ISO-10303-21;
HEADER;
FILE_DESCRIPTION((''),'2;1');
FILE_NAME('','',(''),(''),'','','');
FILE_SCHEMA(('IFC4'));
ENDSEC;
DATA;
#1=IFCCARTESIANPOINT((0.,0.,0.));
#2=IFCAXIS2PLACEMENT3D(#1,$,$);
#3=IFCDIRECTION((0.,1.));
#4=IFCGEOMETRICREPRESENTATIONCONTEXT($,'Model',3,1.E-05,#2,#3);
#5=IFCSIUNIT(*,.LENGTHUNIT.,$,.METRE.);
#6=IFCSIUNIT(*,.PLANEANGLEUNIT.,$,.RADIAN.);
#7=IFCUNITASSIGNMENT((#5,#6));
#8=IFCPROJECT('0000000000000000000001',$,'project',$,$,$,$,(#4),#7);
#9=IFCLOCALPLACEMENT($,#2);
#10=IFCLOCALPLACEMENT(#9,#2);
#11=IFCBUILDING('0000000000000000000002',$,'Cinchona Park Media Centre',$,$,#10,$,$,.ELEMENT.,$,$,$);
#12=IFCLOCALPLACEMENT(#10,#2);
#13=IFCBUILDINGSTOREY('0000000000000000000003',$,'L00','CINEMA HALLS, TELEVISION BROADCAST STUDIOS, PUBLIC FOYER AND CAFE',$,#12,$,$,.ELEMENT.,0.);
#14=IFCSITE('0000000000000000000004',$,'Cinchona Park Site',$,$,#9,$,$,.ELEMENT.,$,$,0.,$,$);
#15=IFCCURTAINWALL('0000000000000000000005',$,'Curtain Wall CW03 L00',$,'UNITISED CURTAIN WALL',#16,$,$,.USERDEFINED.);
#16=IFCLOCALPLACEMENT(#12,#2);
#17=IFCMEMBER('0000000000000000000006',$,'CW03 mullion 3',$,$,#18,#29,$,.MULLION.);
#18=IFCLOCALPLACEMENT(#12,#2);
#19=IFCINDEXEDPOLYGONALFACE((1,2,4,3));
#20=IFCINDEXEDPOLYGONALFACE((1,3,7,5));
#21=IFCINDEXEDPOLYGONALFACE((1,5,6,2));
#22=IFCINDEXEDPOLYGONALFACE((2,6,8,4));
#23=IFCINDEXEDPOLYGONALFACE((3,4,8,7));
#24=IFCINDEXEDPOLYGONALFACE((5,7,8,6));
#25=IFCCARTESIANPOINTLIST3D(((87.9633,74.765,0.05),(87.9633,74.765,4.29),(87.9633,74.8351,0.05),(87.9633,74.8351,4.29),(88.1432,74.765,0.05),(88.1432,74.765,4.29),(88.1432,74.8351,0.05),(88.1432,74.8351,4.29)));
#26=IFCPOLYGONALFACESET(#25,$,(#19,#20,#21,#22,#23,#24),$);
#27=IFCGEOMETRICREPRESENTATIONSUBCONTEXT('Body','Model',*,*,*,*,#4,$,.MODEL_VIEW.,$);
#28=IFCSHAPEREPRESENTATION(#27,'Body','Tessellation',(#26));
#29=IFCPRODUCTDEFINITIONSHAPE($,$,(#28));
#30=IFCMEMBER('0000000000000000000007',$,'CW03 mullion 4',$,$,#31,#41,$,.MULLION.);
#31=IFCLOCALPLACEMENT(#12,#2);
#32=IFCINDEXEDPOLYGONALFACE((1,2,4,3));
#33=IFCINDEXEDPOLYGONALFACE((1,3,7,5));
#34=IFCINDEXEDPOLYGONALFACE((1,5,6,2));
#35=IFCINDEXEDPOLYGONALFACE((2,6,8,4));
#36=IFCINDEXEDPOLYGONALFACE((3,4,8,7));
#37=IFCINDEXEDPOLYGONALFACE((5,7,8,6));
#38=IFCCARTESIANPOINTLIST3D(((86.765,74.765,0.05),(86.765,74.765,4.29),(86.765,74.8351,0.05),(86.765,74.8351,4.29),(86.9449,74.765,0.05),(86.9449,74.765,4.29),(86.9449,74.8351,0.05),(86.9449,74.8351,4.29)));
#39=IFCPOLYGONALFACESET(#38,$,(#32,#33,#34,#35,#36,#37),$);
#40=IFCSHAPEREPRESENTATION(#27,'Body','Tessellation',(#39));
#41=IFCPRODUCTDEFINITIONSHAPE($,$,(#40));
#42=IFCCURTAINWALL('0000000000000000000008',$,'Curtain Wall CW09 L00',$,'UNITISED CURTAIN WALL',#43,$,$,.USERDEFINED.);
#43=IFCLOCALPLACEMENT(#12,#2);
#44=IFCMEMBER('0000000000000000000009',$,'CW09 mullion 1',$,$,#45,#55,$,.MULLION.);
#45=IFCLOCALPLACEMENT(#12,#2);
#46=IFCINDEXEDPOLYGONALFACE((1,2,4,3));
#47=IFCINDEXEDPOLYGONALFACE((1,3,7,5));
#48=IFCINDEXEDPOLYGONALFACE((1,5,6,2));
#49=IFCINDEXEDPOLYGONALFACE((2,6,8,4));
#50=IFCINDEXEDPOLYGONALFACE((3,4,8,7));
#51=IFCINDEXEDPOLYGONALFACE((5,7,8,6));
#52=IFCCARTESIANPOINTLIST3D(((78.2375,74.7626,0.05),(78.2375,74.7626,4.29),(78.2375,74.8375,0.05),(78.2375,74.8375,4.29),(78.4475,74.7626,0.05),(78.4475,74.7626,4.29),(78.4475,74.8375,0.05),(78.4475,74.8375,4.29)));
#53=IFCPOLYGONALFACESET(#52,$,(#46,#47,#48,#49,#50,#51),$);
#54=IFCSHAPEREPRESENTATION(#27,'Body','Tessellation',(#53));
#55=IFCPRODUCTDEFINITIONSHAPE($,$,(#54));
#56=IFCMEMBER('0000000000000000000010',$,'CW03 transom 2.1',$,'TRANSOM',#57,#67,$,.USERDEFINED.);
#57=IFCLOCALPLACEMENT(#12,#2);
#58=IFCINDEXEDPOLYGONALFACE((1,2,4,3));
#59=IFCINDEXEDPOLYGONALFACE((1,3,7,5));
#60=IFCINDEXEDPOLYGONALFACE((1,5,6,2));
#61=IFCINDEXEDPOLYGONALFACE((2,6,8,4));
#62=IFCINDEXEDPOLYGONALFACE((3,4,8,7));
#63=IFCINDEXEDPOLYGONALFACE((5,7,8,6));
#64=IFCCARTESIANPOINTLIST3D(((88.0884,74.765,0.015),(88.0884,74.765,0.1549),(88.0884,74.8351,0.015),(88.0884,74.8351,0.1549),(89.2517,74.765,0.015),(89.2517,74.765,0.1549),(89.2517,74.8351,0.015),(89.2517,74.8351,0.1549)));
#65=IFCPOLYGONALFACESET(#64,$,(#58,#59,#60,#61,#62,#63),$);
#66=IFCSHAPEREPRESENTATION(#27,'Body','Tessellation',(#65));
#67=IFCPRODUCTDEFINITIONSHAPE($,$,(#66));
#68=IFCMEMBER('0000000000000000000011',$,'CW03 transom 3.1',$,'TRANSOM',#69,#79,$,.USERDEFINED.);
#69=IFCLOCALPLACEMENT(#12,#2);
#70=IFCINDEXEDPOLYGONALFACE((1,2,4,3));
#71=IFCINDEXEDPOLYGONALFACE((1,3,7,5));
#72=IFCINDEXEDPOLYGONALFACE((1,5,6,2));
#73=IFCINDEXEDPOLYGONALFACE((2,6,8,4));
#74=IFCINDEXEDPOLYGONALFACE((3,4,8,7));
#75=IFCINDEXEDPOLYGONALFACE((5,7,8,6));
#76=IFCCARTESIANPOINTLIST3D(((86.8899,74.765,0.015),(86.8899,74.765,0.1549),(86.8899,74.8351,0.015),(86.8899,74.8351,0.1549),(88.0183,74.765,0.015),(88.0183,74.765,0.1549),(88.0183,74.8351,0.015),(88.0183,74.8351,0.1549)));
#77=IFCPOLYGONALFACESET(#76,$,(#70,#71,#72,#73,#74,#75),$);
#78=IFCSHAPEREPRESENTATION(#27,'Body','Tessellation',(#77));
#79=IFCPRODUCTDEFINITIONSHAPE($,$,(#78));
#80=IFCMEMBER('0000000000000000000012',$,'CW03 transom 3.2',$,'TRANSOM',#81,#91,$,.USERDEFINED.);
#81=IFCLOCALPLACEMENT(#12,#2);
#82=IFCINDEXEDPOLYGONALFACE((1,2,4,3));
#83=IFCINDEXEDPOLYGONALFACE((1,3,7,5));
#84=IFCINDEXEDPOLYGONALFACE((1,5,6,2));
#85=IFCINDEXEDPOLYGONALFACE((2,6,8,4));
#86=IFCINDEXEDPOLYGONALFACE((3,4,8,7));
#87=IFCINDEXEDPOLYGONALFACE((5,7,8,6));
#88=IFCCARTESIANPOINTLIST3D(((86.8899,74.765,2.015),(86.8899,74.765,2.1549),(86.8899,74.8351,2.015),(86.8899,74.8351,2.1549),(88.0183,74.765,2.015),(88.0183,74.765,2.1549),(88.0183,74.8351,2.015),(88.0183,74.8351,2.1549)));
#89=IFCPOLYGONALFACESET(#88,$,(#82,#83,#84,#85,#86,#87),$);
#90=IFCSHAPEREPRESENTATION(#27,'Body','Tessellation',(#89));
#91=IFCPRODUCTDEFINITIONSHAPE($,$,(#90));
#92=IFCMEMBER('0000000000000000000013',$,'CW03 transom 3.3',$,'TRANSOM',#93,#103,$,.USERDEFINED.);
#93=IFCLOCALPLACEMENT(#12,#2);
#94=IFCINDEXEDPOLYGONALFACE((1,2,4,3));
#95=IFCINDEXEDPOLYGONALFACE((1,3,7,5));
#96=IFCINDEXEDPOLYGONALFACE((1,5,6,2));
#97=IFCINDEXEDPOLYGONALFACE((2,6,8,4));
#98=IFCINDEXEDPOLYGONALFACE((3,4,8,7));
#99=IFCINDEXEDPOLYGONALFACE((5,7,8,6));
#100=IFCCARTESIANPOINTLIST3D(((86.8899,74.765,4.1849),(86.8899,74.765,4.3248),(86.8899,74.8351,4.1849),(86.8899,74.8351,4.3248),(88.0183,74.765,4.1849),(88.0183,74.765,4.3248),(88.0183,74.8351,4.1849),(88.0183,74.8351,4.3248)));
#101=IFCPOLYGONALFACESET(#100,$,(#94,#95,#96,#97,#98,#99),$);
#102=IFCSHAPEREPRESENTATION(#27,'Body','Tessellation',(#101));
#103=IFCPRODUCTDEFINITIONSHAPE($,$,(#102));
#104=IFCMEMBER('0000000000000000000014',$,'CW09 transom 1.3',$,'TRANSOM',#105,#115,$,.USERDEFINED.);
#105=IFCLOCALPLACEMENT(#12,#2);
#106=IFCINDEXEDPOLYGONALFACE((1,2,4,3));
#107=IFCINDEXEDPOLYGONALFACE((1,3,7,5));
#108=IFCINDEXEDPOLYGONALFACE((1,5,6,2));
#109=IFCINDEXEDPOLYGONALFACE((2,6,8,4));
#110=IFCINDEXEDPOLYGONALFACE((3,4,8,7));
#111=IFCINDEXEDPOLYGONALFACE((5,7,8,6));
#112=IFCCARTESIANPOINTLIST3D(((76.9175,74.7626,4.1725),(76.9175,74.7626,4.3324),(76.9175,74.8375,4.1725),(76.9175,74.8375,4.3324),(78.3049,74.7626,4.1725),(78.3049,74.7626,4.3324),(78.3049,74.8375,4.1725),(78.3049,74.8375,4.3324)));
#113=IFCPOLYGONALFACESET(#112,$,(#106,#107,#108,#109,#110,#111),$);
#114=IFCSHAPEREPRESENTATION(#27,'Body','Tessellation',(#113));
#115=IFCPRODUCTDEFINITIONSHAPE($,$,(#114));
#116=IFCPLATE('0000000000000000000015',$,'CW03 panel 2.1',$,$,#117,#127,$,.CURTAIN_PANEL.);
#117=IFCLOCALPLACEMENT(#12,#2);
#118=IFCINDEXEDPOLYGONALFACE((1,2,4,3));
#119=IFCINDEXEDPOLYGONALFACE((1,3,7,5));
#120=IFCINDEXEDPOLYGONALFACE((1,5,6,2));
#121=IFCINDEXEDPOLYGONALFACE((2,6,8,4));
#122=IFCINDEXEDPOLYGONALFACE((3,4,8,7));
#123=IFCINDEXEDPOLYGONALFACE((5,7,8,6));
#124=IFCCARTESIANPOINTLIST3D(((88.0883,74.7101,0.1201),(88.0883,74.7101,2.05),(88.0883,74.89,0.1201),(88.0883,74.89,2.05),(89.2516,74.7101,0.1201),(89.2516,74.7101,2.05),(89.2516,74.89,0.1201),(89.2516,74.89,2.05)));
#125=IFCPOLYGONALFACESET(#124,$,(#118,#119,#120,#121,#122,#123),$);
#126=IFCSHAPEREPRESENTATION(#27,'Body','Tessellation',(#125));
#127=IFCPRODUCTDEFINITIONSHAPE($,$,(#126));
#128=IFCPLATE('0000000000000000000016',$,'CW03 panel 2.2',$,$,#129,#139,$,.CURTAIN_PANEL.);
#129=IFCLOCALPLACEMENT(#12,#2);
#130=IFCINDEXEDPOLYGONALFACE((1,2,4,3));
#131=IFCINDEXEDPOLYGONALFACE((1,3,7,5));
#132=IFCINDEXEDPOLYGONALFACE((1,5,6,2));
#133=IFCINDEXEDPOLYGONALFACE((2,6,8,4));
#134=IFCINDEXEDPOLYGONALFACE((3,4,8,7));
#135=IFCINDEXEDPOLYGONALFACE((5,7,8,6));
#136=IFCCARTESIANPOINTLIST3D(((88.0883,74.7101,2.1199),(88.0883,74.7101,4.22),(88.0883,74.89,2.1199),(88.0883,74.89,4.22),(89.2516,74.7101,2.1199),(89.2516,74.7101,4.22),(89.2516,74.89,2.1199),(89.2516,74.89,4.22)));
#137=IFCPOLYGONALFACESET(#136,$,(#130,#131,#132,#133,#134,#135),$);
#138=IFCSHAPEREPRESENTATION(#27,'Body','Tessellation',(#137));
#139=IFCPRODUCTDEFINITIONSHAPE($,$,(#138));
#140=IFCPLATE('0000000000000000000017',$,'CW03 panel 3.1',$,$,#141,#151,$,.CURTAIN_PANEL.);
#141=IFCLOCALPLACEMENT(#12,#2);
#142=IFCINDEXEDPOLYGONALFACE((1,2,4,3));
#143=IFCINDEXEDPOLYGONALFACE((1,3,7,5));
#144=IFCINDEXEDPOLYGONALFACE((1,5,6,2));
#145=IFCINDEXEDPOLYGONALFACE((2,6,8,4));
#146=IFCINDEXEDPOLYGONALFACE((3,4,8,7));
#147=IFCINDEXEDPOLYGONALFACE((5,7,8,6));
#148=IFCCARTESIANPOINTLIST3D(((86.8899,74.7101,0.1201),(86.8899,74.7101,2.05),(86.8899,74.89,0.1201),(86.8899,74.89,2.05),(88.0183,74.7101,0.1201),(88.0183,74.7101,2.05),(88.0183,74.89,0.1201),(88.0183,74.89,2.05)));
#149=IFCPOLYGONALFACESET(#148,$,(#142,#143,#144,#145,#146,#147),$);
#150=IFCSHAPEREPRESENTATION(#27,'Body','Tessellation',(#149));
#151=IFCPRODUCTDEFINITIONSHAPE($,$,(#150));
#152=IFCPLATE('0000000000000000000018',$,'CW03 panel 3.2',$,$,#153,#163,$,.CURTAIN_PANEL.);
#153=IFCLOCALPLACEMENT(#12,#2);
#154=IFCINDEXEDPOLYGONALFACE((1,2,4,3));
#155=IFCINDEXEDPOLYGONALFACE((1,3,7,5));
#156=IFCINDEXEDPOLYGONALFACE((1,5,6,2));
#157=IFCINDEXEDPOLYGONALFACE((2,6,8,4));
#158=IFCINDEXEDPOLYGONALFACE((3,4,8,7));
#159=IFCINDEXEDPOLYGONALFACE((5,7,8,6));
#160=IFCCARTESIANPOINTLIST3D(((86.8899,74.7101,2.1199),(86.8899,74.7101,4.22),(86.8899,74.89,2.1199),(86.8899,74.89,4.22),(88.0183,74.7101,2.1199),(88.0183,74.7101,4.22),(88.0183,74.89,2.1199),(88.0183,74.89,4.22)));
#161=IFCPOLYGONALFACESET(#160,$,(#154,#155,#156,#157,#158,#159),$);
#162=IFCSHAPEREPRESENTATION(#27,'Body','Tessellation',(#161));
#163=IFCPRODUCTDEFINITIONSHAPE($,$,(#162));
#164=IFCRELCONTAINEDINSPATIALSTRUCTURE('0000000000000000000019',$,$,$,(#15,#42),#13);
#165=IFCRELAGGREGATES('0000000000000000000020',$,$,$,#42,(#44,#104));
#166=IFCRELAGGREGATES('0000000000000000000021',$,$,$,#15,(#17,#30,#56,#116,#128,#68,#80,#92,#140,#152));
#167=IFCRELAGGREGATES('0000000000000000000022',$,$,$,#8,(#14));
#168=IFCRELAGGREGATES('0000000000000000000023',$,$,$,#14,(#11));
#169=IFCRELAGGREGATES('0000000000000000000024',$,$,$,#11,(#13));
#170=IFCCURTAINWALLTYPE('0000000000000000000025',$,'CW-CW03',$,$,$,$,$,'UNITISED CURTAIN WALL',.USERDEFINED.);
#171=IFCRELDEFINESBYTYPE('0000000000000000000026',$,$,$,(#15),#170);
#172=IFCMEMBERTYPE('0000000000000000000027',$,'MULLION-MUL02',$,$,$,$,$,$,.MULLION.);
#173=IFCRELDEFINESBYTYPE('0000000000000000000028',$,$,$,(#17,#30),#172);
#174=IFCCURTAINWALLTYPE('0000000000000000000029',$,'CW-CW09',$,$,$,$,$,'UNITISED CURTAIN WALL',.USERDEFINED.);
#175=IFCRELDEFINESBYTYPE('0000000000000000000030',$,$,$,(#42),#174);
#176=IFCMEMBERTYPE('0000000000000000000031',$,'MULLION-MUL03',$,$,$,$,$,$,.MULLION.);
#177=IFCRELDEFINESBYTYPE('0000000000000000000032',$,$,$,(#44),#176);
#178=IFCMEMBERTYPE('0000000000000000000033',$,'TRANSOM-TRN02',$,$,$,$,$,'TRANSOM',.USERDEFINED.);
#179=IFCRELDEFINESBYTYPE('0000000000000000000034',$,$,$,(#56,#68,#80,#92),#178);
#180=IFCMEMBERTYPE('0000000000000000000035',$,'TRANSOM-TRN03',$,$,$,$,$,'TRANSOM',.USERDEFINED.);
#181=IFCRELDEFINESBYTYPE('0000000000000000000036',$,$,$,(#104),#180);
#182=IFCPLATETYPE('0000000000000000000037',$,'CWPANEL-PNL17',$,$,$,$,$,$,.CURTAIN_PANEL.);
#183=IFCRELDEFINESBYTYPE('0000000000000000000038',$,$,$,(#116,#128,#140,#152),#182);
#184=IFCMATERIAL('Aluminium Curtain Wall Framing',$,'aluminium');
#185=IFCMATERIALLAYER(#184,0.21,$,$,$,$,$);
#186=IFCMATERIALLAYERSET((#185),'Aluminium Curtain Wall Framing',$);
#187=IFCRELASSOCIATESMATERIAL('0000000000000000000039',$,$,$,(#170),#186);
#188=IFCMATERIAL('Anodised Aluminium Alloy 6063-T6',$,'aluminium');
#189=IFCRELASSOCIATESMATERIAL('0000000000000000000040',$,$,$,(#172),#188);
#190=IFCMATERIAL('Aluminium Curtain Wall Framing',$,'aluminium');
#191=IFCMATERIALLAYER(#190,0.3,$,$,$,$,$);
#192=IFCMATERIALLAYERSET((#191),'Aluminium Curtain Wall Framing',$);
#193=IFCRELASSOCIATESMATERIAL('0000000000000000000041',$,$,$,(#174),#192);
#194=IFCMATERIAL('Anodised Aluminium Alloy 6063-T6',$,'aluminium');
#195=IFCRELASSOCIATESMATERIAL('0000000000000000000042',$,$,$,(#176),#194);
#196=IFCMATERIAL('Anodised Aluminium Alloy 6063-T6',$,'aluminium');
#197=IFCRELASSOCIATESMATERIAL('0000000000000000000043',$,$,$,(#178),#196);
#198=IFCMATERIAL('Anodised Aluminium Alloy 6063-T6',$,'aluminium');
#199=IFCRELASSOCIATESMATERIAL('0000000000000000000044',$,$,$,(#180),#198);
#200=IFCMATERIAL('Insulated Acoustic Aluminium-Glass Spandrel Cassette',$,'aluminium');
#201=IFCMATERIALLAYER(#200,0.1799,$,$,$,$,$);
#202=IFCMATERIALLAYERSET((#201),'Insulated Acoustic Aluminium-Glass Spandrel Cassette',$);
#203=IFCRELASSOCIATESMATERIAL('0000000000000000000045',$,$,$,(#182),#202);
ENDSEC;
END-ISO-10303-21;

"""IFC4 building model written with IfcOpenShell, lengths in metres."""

from ifc_helpers import new_model, si_unit, direction, frame, origin, origin_2d, place, context, subcontext, project, spatial, rectangle, extrude, material, layer, layer_set, material_profile, profile_set, type_object, element, aggregate, save


model = new_model("IFC4")

# Units and contexts
model_context = context("Model", 3, precision=1e-05, world=origin(), true_north=direction((0.0, 1.0)))
body_context = subcontext(model_context, "Body", "Model", "MODEL_VIEW")
ifc_project = project(units=[si_unit("LENGTHUNIT", "METRE"), si_unit("PLANEANGLEUNIT", "RADIAN")], contexts=[model_context])

# Site, building, storey
site_placement = place(None, origin())
site = spatial("IfcSite", under=ifc_project, at=site_placement, Name="Cinchona Park Site", CompositionType="ELEMENT", RefElevation=0.0)
building_placement = place(site_placement, origin())
building = spatial("IfcBuilding", under=site, at=building_placement, Name="Cinchona Park Media Centre", CompositionType="ELEMENT")
storey_placement = place(building_placement, origin())
storey = spatial("IfcBuildingStorey", under=building, at=storey_placement, Name="L00", Description="CINEMA HALLS, TELEVISION BROADCAST STUDIOS, PUBLIC FOYER AND CAFE", CompositionType="ELEMENT", Elevation=0.0)

# Curtain wall, members
ifc_material_1 = material(Name="Aluminium Curtain Wall Framing", Category="aluminium")
ifc_layer_1 = layer(ifc_material_1, 0.21)
ifc_layer_set_1 = layer_set([ifc_layer_1], Name="Aluminium Curtain Wall Framing")
curtain_wall_type_1 = type_object("IfcCurtainWallType", Name="CW-CW03", ElementType="UNITISED CURTAIN WALL", PredefinedType="USERDEFINED", material=ifc_layer_set_1)
curtain_wall_1_placement = place(storey_placement, origin())
curtain_wall_1 = element("IfcCurtainWall", 1, at=curtain_wall_1_placement, inside=storey, type_object=curtain_wall_type_1, Name="Curtain Wall CW03 L00", ObjectType="UNITISED CURTAIN WALL", PredefinedType="USERDEFINED")
ifc_material_2 = material(Name="Anodised Aluminium Alloy 6063-T6", Category="aluminium")
ifc_material_profile_1 = material_profile(ifc_material_2, rectangle(XDim=0.0701, YDim=0.1799, at=origin_2d()), Name="MUL-70X180")
ifc_profile_set_1 = profile_set([ifc_material_profile_1], Name="Anodised Aluminium Alloy 6063-T6")
member_type_1 = type_object("IfcMemberType", Name="MULLION-MUL02", PredefinedType="MULLION", material=ifc_profile_set_1)
member_1_placement = place(storey_placement, frame((88.0532, 74.8, 0.05), z_axis=(0.0, 0.0, 1.0), x_axis=(0.0, -1.0, 0.0)))
member_1 = element("IfcMember", 2, at=member_1_placement, type_object=member_type_1, Name="CW03 mullion 3", PredefinedType="MULLION", context=body_context, shape_type="SweptSolid", body=[
    extrude(rectangle(XDim=0.0701, YDim=0.1799, at=origin_2d()), origin(), (0.0, 0.0, 1.0), 4.24),
])
member_2_placement = place(storey_placement, frame((86.855, 74.8, 0.05), z_axis=(0.0, 0.0, 1.0), x_axis=(0.0, -1.0, 0.0)))
member_2 = element("IfcMember", 3, at=member_2_placement, type_object=member_type_1, Name="CW03 mullion 4", PredefinedType="MULLION", context=body_context, shape_type="SweptSolid", body=[
    extrude(rectangle(XDim=0.0701, YDim=0.1799, at=origin_2d()), origin(), (0.0, 0.0, 1.0), 4.24),
])

# Curtain wall, member
ifc_material_3 = material(Name="Aluminium Curtain Wall Framing", Category="aluminium")
ifc_layer_2 = layer(ifc_material_3, 0.3)
ifc_layer_set_2 = layer_set([ifc_layer_2], Name="Aluminium Curtain Wall Framing")
curtain_wall_type_2 = type_object("IfcCurtainWallType", Name="CW-CW09", ElementType="UNITISED CURTAIN WALL", PredefinedType="USERDEFINED", material=ifc_layer_set_2)
curtain_wall_2_placement = place(storey_placement, origin())
curtain_wall_2 = element("IfcCurtainWall", 4, at=curtain_wall_2_placement, inside=storey, type_object=curtain_wall_type_2, Name="Curtain Wall CW09 L00", ObjectType="UNITISED CURTAIN WALL", PredefinedType="USERDEFINED")
ifc_material_4 = material(Name="Anodised Aluminium Alloy 6063-T6", Category="aluminium")
ifc_material_profile_2 = material_profile(ifc_material_4, rectangle(XDim=0.075, YDim=0.21, at=origin_2d()), Name="MUL-75X210")
ifc_profile_set_2 = profile_set([ifc_material_profile_2], Name="Anodised Aluminium Alloy 6063-T6")
member_type_2 = type_object("IfcMemberType", Name="MULLION-MUL03", PredefinedType="MULLION", material=ifc_profile_set_2)
member_3_placement = place(storey_placement, frame((78.3425, 74.8, 0.05), z_axis=(0.0, 0.0, 1.0), x_axis=(0.0, -1.0, 0.0)))
member_3 = element("IfcMember", 5, at=member_3_placement, type_object=member_type_2, Name="CW09 mullion 1", PredefinedType="MULLION", context=body_context, shape_type="SweptSolid", body=[
    extrude(rectangle(XDim=0.075, YDim=0.21, at=origin_2d()), origin(), (0.0, 0.0, 1.0), 4.24),
])

# Members
ifc_material_5 = material(Name="Anodised Aluminium Alloy 6063-T6", Category="aluminium")
ifc_material_profile_3 = material_profile(ifc_material_5, rectangle(XDim=0.0701, YDim=0.1399, at=origin_2d()), Name="TRN-70X140")
ifc_profile_set_3 = profile_set([ifc_material_profile_3], Name="Anodised Aluminium Alloy 6063-T6")
member_type_3 = type_object("IfcMemberType", Name="TRANSOM-TRN02", ElementType="TRANSOM", PredefinedType="USERDEFINED", material=ifc_profile_set_3)
member_4_placement = place(storey_placement, frame((89.2517, 74.8, 0.085), z_axis=(-1.0, 0.0, 0.0), x_axis=(0.0, -1.0, 0.0)))
member_4 = element("IfcMember", 6, at=member_4_placement, type_object=member_type_3, Name="CW03 transom 2.1", ObjectType="TRANSOM", PredefinedType="USERDEFINED", context=body_context, shape_type="SweptSolid", body=[
    extrude(rectangle(XDim=0.0701, YDim=0.1399, at=origin_2d()), origin(), (0.0, 0.0, 1.0), 1.1633),
])
member_5_placement = place(storey_placement, frame((88.0183, 74.8, 0.085), z_axis=(-1.0, 0.0, 0.0), x_axis=(0.0, -1.0, 0.0)))
member_5 = element("IfcMember", 7, at=member_5_placement, type_object=member_type_3, Name="CW03 transom 3.1", ObjectType="TRANSOM", PredefinedType="USERDEFINED", context=body_context, shape_type="SweptSolid", body=[
    extrude(rectangle(XDim=0.0701, YDim=0.1399, at=origin_2d()), origin(), (0.0, 0.0, 1.0), 1.1284),
])
member_6_placement = place(storey_placement, frame((88.0183, 74.8, 2.085), z_axis=(-1.0, 0.0, 0.0), x_axis=(0.0, -1.0, 0.0)))
member_6 = element("IfcMember", 8, at=member_6_placement, type_object=member_type_3, Name="CW03 transom 3.2", ObjectType="TRANSOM", PredefinedType="USERDEFINED", context=body_context, shape_type="SweptSolid", body=[
    extrude(rectangle(XDim=0.0701, YDim=0.1399, at=origin_2d()), origin(), (0.0, 0.0, 1.0), 1.1284),
])
member_7_placement = place(storey_placement, frame((88.0183, 74.8, 4.2549), z_axis=(-1.0, 0.0, 0.0), x_axis=(0.0, -1.0, 0.0)))
member_7 = element("IfcMember", 9, at=member_7_placement, type_object=member_type_3, Name="CW03 transom 3.3", ObjectType="TRANSOM", PredefinedType="USERDEFINED", context=body_context, shape_type="SweptSolid", body=[
    extrude(rectangle(XDim=0.0701, YDim=0.1399, at=origin_2d()), origin(), (0.0, 0.0, 1.0), 1.1284),
])
ifc_material_6 = material(Name="Anodised Aluminium Alloy 6063-T6", Category="aluminium")
ifc_material_profile_4 = material_profile(ifc_material_6, rectangle(XDim=0.075, YDim=0.1599, at=origin_2d()), Name="TRN-75X160")
ifc_profile_set_4 = profile_set([ifc_material_profile_4], Name="Anodised Aluminium Alloy 6063-T6")
member_type_4 = type_object("IfcMemberType", Name="TRANSOM-TRN03", ElementType="TRANSOM", PredefinedType="USERDEFINED", material=ifc_profile_set_4)
member_8_placement = place(storey_placement, frame((78.3049, 74.8, 4.2524), z_axis=(-1.0, 0.0, 0.0), x_axis=(0.0, -1.0, 0.0)))
member_8 = element("IfcMember", 10, at=member_8_placement, type_object=member_type_4, Name="CW09 transom 1.3", ObjectType="TRANSOM", PredefinedType="USERDEFINED", context=body_context, shape_type="SweptSolid", body=[
    extrude(rectangle(XDim=0.075, YDim=0.1599, at=origin_2d()), origin(), (0.0, 0.0, 1.0), 1.3875),
])
aggregate(curtain_wall_2, [member_3, member_8])

# Plates
ifc_material_7 = material(Name="Insulated Acoustic Aluminium-Glass Spandrel Cassette", Category="aluminium")
ifc_layer_3 = layer(ifc_material_7, 0.1799)
ifc_layer_set_3 = layer_set([ifc_layer_3], Name="Insulated Acoustic Aluminium-Glass Spandrel Cassette")
plate_type = type_object("IfcPlateType", Name="CWPANEL-PNL17", PredefinedType="CURTAIN_PANEL", material=ifc_layer_set_3)
plate_1_placement = place(storey_placement, frame((88.6699, 74.8, 0.1201), z_axis=(0.0, 0.0, 1.0), x_axis=(-1.0, 0.0, 0.0)))
plate_1 = element("IfcPlate", 11, at=plate_1_placement, type_object=plate_type, Name="CW03 panel 2.1", PredefinedType="CURTAIN_PANEL", context=body_context, shape_type="SweptSolid", body=[
    extrude(rectangle(XDim=1.1633, YDim=0.1799, at=origin_2d()), origin(), (0.0, 0.0, 1.0), 1.9299),
])
plate_2_placement = place(storey_placement, frame((88.6699, 74.8, 2.1199), z_axis=(0.0, 0.0, 1.0), x_axis=(-1.0, 0.0, 0.0)))
plate_2 = element("IfcPlate", 12, at=plate_2_placement, type_object=plate_type, Name="CW03 panel 2.2", PredefinedType="CURTAIN_PANEL", context=body_context, shape_type="SweptSolid", body=[
    extrude(rectangle(XDim=1.1633, YDim=0.1799, at=origin_2d()), origin(), (0.0, 0.0, 1.0), 2.1001),
])
plate_3_placement = place(storey_placement, frame((87.4541, 74.8, 0.1201), z_axis=(0.0, 0.0, 1.0), x_axis=(-1.0, 0.0, 0.0)))
plate_3 = element("IfcPlate", 13, at=plate_3_placement, type_object=plate_type, Name="CW03 panel 3.1", PredefinedType="CURTAIN_PANEL", context=body_context, shape_type="SweptSolid", body=[
    extrude(rectangle(XDim=1.1284, YDim=0.1799, at=origin_2d()), origin(), (0.0, 0.0, 1.0), 1.9299),
])
plate_4_placement = place(storey_placement, frame((87.4541, 74.8, 2.1199), z_axis=(0.0, 0.0, 1.0), x_axis=(-1.0, 0.0, 0.0)))
plate_4 = element("IfcPlate", 14, at=plate_4_placement, type_object=plate_type, Name="CW03 panel 3.2", PredefinedType="CURTAIN_PANEL", context=body_context, shape_type="SweptSolid", body=[
    extrude(rectangle(XDim=1.1284, YDim=0.1799, at=origin_2d()), origin(), (0.0, 0.0, 1.0), 2.1001),
])
aggregate(curtain_wall_1, [member_1, member_2, member_4, plate_1, plate_2, member_5, member_6, member_7, plate_3, plate_4])

save(model, "model.ifc")
